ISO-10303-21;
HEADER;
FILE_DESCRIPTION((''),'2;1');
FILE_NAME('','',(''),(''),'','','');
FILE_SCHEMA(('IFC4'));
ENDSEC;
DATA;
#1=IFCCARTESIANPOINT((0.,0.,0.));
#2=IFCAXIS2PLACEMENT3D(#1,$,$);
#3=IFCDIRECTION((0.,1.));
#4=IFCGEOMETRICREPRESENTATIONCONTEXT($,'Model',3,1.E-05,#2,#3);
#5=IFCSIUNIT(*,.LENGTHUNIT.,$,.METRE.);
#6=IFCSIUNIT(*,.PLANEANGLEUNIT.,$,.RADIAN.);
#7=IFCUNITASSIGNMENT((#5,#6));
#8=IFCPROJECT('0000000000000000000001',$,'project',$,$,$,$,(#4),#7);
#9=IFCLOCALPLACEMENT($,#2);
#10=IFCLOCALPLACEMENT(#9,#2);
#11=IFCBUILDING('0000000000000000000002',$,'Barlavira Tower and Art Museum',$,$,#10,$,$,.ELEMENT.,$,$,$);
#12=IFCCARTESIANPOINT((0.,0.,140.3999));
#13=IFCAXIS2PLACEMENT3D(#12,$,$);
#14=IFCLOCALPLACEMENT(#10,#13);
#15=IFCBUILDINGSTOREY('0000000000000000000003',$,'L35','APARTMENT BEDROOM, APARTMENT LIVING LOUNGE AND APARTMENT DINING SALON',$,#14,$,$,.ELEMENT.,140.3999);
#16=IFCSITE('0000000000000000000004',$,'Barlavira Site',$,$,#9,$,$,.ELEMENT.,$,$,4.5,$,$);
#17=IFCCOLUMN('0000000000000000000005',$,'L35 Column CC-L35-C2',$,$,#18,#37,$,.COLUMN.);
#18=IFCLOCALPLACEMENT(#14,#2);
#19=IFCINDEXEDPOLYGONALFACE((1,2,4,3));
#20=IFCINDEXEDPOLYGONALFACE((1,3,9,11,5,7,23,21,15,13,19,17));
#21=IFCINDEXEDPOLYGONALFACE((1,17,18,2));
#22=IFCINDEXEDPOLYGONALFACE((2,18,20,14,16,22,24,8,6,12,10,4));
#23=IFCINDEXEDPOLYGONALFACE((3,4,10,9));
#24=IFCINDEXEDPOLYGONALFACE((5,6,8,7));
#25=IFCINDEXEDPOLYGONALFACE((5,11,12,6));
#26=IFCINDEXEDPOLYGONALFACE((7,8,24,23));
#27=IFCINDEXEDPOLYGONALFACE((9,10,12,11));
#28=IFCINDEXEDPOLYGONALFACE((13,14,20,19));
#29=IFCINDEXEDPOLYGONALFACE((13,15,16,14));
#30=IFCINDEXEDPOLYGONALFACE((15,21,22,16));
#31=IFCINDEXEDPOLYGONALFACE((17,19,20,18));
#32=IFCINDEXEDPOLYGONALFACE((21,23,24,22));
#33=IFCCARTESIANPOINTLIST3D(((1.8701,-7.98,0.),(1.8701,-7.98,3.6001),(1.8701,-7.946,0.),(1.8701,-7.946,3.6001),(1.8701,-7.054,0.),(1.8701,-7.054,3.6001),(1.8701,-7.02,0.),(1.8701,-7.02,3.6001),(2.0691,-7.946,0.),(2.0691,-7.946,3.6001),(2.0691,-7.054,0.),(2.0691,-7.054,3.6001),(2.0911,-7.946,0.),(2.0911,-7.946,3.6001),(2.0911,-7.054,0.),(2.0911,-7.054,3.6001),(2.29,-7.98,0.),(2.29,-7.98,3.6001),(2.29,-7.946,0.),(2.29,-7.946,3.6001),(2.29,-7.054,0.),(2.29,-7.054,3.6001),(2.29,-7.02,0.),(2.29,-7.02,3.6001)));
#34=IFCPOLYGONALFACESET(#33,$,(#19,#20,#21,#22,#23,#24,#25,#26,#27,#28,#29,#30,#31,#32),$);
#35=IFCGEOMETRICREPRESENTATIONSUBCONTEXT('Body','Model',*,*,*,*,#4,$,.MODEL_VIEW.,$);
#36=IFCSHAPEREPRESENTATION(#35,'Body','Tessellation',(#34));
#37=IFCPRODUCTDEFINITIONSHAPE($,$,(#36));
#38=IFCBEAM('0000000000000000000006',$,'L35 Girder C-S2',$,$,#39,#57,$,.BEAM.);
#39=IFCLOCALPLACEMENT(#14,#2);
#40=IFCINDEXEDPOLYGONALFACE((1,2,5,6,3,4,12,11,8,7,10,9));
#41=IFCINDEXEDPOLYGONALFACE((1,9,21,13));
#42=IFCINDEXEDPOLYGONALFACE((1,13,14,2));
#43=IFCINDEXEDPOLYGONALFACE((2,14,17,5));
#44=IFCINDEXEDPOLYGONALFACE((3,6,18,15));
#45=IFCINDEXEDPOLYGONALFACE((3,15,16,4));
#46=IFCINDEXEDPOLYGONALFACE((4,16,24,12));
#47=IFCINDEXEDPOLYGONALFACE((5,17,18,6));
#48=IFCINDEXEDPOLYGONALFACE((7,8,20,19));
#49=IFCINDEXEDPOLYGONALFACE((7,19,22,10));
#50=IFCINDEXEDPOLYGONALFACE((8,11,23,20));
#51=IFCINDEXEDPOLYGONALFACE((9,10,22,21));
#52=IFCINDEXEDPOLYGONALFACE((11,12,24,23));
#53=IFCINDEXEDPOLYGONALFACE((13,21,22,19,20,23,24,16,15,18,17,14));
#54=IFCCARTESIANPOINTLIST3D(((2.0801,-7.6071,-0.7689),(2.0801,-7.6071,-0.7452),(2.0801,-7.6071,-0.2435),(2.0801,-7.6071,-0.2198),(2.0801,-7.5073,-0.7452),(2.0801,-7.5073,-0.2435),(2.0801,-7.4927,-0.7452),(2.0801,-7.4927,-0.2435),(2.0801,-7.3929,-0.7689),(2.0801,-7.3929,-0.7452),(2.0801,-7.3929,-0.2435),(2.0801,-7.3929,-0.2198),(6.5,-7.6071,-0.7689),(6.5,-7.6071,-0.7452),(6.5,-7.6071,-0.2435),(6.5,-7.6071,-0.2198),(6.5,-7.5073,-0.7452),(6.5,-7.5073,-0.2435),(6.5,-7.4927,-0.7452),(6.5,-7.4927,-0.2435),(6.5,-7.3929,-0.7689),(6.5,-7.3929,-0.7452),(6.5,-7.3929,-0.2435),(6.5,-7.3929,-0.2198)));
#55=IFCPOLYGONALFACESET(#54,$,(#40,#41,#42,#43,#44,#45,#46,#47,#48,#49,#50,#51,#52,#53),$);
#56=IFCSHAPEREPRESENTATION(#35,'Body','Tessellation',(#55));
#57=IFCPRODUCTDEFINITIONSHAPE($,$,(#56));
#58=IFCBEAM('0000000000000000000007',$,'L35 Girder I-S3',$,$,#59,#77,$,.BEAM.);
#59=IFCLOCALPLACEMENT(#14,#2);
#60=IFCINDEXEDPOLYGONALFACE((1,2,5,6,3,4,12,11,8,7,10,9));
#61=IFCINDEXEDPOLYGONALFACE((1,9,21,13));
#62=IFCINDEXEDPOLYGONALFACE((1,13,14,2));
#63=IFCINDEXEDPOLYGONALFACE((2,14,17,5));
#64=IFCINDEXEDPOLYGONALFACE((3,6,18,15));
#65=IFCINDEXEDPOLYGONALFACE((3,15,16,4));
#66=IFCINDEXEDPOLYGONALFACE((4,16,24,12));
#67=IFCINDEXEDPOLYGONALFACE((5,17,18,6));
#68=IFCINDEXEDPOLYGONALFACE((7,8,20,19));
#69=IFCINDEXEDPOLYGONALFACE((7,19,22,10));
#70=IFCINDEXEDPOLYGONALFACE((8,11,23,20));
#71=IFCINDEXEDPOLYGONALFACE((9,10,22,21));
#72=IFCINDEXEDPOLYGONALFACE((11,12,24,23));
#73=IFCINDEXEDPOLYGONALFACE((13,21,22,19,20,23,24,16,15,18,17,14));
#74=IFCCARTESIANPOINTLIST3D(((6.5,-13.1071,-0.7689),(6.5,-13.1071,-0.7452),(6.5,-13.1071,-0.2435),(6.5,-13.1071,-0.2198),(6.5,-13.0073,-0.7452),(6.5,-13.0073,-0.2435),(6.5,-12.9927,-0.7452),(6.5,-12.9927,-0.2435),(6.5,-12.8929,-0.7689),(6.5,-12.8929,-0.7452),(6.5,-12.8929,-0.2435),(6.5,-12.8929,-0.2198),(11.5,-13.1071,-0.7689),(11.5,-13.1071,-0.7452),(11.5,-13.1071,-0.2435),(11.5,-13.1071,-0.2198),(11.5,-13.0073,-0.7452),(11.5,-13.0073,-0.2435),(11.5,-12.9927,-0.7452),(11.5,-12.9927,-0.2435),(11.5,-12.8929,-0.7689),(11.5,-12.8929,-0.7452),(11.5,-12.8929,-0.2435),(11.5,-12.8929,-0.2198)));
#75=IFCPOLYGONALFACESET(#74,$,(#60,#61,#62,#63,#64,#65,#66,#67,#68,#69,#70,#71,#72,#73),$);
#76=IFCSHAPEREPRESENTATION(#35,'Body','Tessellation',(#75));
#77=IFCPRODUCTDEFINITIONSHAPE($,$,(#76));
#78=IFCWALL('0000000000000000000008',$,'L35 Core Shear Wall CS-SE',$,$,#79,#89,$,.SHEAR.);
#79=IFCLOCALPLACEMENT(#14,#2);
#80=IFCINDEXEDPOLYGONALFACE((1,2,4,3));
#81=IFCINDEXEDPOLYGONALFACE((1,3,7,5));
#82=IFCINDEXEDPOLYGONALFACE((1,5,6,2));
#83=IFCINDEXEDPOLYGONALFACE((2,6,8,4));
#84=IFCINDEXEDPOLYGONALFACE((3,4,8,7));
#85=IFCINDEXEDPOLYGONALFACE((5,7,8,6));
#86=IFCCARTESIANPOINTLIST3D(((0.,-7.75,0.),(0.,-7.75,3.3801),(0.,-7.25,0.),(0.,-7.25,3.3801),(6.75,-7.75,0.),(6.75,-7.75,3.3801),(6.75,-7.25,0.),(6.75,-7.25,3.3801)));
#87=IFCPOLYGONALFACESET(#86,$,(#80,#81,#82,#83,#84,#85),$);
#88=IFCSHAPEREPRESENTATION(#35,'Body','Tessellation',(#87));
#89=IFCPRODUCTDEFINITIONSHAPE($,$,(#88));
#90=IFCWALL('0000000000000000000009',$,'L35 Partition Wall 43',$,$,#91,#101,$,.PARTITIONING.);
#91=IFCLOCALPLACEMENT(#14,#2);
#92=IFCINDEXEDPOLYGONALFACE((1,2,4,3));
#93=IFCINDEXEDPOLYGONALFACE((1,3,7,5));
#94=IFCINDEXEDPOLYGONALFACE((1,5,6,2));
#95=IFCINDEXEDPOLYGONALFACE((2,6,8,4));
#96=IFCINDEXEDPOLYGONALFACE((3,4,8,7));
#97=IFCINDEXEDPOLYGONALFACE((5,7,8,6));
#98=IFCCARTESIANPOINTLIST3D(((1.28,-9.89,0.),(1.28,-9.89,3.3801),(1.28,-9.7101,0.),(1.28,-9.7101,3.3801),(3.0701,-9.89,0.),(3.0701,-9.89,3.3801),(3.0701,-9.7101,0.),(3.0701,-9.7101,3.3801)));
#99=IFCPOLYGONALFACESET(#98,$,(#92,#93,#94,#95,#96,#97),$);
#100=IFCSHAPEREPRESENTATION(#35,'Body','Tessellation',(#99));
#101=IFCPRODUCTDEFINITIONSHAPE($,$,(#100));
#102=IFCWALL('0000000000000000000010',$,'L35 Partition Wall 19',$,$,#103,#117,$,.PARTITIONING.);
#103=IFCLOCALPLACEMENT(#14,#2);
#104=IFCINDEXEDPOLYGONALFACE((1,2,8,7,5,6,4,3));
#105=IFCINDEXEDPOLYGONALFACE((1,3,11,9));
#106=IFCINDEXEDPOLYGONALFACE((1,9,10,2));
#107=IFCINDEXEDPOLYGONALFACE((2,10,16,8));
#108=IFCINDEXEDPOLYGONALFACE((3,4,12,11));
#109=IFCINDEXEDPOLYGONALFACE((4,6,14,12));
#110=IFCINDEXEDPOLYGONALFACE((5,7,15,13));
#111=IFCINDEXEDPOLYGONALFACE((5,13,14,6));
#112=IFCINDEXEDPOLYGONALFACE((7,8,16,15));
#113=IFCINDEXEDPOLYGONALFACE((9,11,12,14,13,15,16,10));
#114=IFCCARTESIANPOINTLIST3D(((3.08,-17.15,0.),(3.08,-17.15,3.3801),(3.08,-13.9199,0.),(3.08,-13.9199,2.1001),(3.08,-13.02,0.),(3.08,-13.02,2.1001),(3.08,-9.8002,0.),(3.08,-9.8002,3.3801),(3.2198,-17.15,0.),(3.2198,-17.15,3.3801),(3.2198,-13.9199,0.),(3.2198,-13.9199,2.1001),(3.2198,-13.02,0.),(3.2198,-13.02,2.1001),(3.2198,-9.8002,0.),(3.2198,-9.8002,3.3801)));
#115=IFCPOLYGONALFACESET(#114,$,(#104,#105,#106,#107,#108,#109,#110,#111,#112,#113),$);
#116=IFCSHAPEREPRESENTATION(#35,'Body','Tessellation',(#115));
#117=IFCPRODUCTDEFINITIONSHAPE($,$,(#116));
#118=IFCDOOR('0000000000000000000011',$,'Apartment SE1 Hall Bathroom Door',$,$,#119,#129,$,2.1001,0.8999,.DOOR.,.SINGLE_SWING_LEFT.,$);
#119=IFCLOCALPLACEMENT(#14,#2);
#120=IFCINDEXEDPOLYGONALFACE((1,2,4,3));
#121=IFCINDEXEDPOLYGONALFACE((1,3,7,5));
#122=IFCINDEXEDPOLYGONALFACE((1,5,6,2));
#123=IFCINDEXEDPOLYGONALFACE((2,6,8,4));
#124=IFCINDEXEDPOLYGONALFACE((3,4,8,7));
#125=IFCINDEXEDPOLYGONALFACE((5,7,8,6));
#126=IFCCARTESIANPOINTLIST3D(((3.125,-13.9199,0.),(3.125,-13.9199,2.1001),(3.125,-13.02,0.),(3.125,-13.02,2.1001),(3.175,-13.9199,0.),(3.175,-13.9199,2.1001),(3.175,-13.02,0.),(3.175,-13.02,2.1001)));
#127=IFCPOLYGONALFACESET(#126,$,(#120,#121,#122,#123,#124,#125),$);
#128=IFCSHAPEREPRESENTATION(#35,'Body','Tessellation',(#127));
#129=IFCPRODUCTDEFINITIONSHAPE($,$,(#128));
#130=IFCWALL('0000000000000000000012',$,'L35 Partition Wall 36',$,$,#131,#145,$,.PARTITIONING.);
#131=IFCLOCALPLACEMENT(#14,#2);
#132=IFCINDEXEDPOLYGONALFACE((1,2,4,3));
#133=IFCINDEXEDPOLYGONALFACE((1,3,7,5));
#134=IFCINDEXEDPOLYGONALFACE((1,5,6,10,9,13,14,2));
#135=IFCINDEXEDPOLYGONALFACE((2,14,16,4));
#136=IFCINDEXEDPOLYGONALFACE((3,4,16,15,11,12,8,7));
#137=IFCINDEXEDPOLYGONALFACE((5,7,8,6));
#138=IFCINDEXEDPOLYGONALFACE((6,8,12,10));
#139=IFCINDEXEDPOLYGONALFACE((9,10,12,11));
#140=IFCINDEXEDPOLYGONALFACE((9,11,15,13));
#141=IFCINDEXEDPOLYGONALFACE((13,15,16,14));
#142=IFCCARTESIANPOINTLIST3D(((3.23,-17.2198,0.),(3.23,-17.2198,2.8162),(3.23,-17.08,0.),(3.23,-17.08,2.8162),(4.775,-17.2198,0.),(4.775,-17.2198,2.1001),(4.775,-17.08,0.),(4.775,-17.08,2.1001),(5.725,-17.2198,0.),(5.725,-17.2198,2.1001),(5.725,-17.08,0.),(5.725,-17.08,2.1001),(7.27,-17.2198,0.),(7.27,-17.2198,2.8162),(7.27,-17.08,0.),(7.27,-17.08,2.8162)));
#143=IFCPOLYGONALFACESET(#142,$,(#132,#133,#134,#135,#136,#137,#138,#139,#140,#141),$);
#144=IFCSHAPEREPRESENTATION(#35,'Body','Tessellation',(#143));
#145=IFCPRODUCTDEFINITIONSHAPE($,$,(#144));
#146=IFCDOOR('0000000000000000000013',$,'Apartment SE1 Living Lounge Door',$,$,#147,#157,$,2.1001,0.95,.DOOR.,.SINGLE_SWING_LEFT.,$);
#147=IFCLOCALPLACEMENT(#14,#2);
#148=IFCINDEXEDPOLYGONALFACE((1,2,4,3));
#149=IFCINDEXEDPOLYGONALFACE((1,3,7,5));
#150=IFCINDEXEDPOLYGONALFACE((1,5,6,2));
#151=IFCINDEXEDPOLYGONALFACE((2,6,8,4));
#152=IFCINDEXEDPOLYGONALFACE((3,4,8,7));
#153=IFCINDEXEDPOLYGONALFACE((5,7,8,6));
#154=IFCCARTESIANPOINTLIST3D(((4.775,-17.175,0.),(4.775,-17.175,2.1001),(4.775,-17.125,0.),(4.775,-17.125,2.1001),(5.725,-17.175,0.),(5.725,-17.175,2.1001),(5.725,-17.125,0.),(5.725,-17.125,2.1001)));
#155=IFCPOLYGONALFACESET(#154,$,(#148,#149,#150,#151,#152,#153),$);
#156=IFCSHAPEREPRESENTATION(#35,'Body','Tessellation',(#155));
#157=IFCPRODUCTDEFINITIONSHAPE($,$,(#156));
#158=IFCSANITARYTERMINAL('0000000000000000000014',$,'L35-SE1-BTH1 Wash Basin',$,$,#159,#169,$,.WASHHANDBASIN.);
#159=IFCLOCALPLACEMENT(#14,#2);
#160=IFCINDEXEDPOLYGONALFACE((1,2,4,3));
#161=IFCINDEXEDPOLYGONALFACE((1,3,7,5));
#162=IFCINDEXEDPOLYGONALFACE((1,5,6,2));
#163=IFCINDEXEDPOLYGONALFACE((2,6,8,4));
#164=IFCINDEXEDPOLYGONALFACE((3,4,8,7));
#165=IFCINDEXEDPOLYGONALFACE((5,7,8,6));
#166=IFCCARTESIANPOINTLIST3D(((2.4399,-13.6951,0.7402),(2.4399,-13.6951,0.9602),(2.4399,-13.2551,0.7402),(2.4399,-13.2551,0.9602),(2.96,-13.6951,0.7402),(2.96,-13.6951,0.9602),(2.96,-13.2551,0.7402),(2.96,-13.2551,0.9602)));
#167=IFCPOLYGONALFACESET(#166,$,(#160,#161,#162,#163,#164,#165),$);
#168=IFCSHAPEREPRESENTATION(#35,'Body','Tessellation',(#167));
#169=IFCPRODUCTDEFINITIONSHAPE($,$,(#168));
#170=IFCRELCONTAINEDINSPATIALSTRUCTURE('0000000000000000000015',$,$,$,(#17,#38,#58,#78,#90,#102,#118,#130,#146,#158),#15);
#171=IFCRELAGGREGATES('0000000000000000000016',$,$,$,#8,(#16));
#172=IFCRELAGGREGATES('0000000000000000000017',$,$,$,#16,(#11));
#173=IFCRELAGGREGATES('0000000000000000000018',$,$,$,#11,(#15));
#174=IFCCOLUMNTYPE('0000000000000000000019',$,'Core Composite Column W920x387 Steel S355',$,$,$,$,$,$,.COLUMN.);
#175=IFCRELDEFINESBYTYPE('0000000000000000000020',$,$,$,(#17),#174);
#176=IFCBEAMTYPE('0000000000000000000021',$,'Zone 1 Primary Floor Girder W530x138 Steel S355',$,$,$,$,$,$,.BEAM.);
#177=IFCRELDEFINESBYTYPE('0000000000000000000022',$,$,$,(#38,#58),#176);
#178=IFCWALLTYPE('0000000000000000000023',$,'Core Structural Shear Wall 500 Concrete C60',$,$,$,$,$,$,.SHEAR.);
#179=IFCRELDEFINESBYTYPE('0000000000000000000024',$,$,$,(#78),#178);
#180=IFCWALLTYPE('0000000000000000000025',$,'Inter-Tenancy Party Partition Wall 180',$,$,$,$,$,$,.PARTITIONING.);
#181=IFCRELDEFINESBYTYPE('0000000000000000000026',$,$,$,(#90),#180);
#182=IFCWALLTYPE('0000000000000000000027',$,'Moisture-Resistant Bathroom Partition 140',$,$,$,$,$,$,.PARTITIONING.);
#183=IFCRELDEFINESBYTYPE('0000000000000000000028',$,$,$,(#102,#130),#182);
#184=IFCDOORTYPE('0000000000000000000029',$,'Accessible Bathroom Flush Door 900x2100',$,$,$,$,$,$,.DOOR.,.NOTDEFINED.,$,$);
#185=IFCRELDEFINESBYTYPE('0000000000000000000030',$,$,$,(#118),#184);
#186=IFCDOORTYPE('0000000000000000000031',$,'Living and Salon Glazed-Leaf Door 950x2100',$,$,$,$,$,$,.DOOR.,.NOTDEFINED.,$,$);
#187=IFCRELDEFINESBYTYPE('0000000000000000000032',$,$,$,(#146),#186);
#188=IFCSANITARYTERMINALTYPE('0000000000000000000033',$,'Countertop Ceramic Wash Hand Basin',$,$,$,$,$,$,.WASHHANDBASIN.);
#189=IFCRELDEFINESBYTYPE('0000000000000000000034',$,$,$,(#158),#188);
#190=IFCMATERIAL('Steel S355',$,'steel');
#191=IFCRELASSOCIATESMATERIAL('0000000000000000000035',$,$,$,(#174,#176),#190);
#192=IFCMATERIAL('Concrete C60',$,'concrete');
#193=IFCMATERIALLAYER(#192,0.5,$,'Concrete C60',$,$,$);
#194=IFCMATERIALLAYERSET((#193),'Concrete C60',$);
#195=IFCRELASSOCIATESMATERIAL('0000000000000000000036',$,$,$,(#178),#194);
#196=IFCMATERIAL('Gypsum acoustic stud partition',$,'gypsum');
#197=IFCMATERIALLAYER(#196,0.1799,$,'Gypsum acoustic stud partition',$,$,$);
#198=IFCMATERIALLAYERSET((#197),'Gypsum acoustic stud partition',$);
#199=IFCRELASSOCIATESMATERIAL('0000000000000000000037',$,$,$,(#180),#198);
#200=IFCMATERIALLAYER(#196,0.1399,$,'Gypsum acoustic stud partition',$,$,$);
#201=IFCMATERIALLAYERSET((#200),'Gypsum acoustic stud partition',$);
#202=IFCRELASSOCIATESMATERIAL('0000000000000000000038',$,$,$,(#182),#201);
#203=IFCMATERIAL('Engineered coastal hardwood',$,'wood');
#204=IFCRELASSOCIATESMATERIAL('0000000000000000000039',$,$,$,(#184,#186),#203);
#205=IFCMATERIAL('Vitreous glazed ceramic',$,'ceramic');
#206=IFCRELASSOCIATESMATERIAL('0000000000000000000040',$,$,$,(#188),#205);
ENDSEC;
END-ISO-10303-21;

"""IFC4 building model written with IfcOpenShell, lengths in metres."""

from ifc_helpers import new_model, si_unit, direction, frame, frame_2d, origin, origin_2d, place, context, subcontext, project, spatial, rectangle, i_section, extrude, material, layer, layer_set, material_profile, profile_set, type_object, element, fill, save


model = new_model("IFC4")

# Units and contexts
model_context = context("Model", 3, precision=1e-05, world=origin(), true_north=direction((0.0, 1.0)))
body_context = subcontext(model_context, "Body", "Model", "MODEL_VIEW")
ifc_project = project(units=[si_unit("LENGTHUNIT", "METRE"), si_unit("PLANEANGLEUNIT", "RADIAN")], contexts=[model_context])

# Site, building, storey
site_placement = place(None, origin())
site = spatial("IfcSite", under=ifc_project, at=site_placement, Name="Barlavira Site", CompositionType="ELEMENT", RefElevation=4.5)
building_placement = place(site_placement, origin())
building = spatial("IfcBuilding", under=site, at=building_placement, Name="Barlavira Tower and Art Museum", CompositionType="ELEMENT")
storey_placement = place(building_placement, frame((0.0, 0.0, 140.3999)))
storey = spatial("IfcBuildingStorey", under=building, at=storey_placement, Name="L35", Description="APARTMENT BEDROOM, APARTMENT LIVING LOUNGE AND APARTMENT DINING SALON", CompositionType="ELEMENT", Elevation=140.3999)

# Column
ifc_material_1 = material(Name="Steel S355", Category="steel")
ifc_material_profile_1 = material_profile(ifc_material_1, i_section(OverallWidth=0.4199, OverallDepth=0.96, WebThickness=0.022, FlangeThickness=0.0339, at=origin_2d()), Name="W920x387.0")
ifc_profile_set_1 = profile_set([ifc_material_profile_1], Name="Steel S355")
column_type = type_object("IfcColumnType", Name="Core Composite Column W920x387 Steel S355", PredefinedType="COLUMN", material=ifc_profile_set_1)
column_placement = place(storey_placement, frame((2.0801, -7.5, 0.0), z_axis=(0.0, 0.0, 1.0), x_axis=(1.0, 0.0, 0.0)))
element("IfcColumn", 1, at=column_placement, inside=storey, type_object=column_type, Name="L35 Column CC-L35-C2", PredefinedType="COLUMN", context=body_context, shape_type="SweptSolid", body=[
    extrude(i_section(OverallWidth=0.4199, OverallDepth=0.96, WebThickness=0.022, FlangeThickness=0.0339, at=origin_2d()), origin(), (0.0, 0.0, 1.0), 3.6001),
])

# Beams
ifc_material_profile_2 = material_profile(ifc_material_1, i_section(OverallWidth=0.2141, OverallDepth=0.5491, WebThickness=0.0146, FlangeThickness=0.0237, at=origin_2d()), Name="W530x138.0")
ifc_profile_set_2 = profile_set([ifc_material_profile_2], Name="Steel S355")
beam_type = type_object("IfcBeamType", Name="Zone 1 Primary Floor Girder W530x138 Steel S355", PredefinedType="BEAM", material=ifc_profile_set_2)
beam_1_placement = place(storey_placement, frame((2.0801, -7.5, -0.4944), z_axis=(1.0, 0.0, 0.0), x_axis=(0.0, 1.0, 0.0)))
element("IfcBeam", 2, at=beam_1_placement, inside=storey, type_object=beam_type, Name="L35 Girder C-S2", PredefinedType="BEAM", context=body_context, shape_type="SweptSolid", body=[
    extrude(i_section(OverallWidth=0.2141, OverallDepth=0.5491, WebThickness=0.0146, FlangeThickness=0.0237, at=origin_2d()), origin(), (0.0, 0.0, 1.0), 4.4199),
])
beam_2_placement = place(storey_placement, frame((6.5, -13.0, -0.4944), z_axis=(1.0, 0.0, 0.0), x_axis=(0.0, 1.0, 0.0)))
element("IfcBeam", 3, at=beam_2_placement, inside=storey, type_object=beam_type, Name="L35 Girder I-S3", PredefinedType="BEAM", context=body_context, shape_type="SweptSolid", body=[
    extrude(i_section(OverallWidth=0.2141, OverallDepth=0.5491, WebThickness=0.0146, FlangeThickness=0.0237, at=origin_2d()), origin(), (0.0, 0.0, 1.0), 5.0),
])

# Walls
ifc_material_2 = material(Name="Concrete C60", Category="concrete")
ifc_layer_1 = layer(ifc_material_2, 0.5, Name="Concrete C60")
ifc_layer_set_1 = layer_set([ifc_layer_1], Name="Concrete C60")
wall_type_1 = type_object("IfcWallType", Name="Core Structural Shear Wall 500 Concrete C60", PredefinedType="SHEAR", material=ifc_layer_set_1)
wall_1_placement = place(storey_placement, frame((0.0, -7.5, 0.0), z_axis=(0.0, 0.0, 1.0), x_axis=(1.0, 0.0, 0.0)))
element("IfcWall", 4, at=wall_1_placement, inside=storey, type_object=wall_type_1, Name="L35 Core Shear Wall CS-SE", PredefinedType="SHEAR", context=body_context, shape_type="SweptSolid", body=[
    extrude(rectangle(XDim=6.75, YDim=0.5, at=frame_2d((3.375, 0.0))), origin(), (0.0, 0.0, 1.0), 3.3801),
])
ifc_material_3 = material(Name="Gypsum acoustic stud partition", Category="gypsum")
ifc_layer_2 = layer(ifc_material_3, 0.1799, Name="Gypsum acoustic stud partition")
ifc_layer_set_2 = layer_set([ifc_layer_2], Name="Gypsum acoustic stud partition")
wall_type_2 = type_object("IfcWallType", Name="Inter-Tenancy Party Partition Wall 180", PredefinedType="PARTITIONING", material=ifc_layer_set_2)
wall_2_placement = place(storey_placement, frame((1.28, -9.8, 0.0), z_axis=(0.0, 0.0, 1.0), x_axis=(1.0, 0.0, 0.0)))
element("IfcWall", 5, at=wall_2_placement, inside=storey, type_object=wall_type_2, Name="L35 Partition Wall 43", PredefinedType="PARTITIONING", context=body_context, shape_type="SweptSolid", body=[
    extrude(rectangle(XDim=1.79, YDim=0.1799, at=frame_2d((0.895, 0.0))), origin(), (0.0, 0.0, 1.0), 3.3801),
])

# Walls, openings, doors
ifc_layer_3 = layer(ifc_material_3, 0.1399, Name="Gypsum acoustic stud partition")
ifc_layer_set_3 = layer_set([ifc_layer_3], Name="Gypsum acoustic stud partition")
wall_type_3 = type_object("IfcWallType", Name="Moisture-Resistant Bathroom Partition 140", PredefinedType="PARTITIONING", material=ifc_layer_set_3)
wall_3_placement = place(storey_placement, frame((3.1499, -17.1499, 0.0), z_axis=(0.0, 0.0, 1.0), x_axis=(0.0, 1.0, 0.0)))
wall_3 = element("IfcWall", 6, at=wall_3_placement, inside=storey, type_object=wall_type_3, Name="L35 Partition Wall 19", PredefinedType="PARTITIONING", context=body_context, shape_type="SweptSolid", body=[
    extrude(rectangle(XDim=7.3499, YDim=0.1399, at=frame_2d((3.6748, 0.0))), origin(), (0.0, 0.0, 1.0), 3.3801),
])
opening_1_placement = place(wall_3_placement, frame((3.23, 0.0, 0.0)))
opening_1 = element("IfcOpeningElement", 7, at=opening_1_placement, cuts=wall_3, PredefinedType="OPENING", context=body_context, shape_type="SweptSolid", body=[
    extrude(rectangle(XDim=0.8999, YDim=2.1001, at=frame_2d((0.45, 1.05))), frame((0.0, 0.0801, 0.0), z_axis=(0.0, -1.0, 0.0), x_axis=(1.0, 0.0, 0.0)), (0.0, 0.0, 1.0), 0.1599),
])
ifc_material_4 = material(Name="Engineered coastal hardwood", Category="wood")
door_type_1 = type_object("IfcDoorType", Name="Accessible Bathroom Flush Door 900x2100", OperationType="NOTDEFINED", PredefinedType="DOOR", material=ifc_material_4)
door_1_placement = place(opening_1_placement, origin())
door_1 = element("IfcDoor", 8, at=door_1_placement, inside=storey, type_object=door_type_1, Name="Apartment SE1 Hall Bathroom Door", OperationType="SINGLE_SWING_LEFT", OverallHeight=2.1001, OverallWidth=0.8999, PredefinedType="DOOR", context=body_context, shape_type="SweptSolid", body=[
    extrude(rectangle(XDim=0.8999, YDim=2.1001, at=frame_2d((0.45, 1.05))), frame((0.0, 0.0249, 0.0), z_axis=(0.0, -1.0, 0.0), x_axis=(1.0, 0.0, 0.0)), (0.0, 0.0, 1.0), 0.05),
])
fill(opening_1, door_1)
wall_4_placement = place(storey_placement, frame((3.23, -17.1499, 0.0), z_axis=(0.0, 0.0, 1.0), x_axis=(1.0, 0.0, 0.0)))
wall_4 = element("IfcWall", 9, at=wall_4_placement, inside=storey, type_object=wall_type_3, Name="L35 Partition Wall 36", PredefinedType="PARTITIONING", context=body_context, shape_type="SweptSolid", body=[
    extrude(rectangle(XDim=4.04, YDim=0.1399, at=frame_2d((2.02, 0.0))), origin(), (0.0, 0.0, 1.0), 2.8162),
])
opening_2_placement = place(wall_4_placement, frame((1.5449, 0.0, 0.0)))
opening_2 = element("IfcOpeningElement", 10, at=opening_2_placement, cuts=wall_4, PredefinedType="OPENING", context=body_context, shape_type="SweptSolid", body=[
    extrude(rectangle(XDim=0.95, YDim=2.1001, at=frame_2d((0.4751, 1.05))), frame((0.0, 0.0801, 0.0), z_axis=(0.0, -1.0, 0.0), x_axis=(1.0, 0.0, 0.0)), (0.0, 0.0, 1.0), 0.1599),
])
door_type_2 = type_object("IfcDoorType", Name="Living and Salon Glazed-Leaf Door 950x2100", OperationType="NOTDEFINED", PredefinedType="DOOR", material=ifc_material_4)
door_2_placement = place(opening_2_placement, origin())
door_2 = element("IfcDoor", 11, at=door_2_placement, inside=storey, type_object=door_type_2, Name="Apartment SE1 Living Lounge Door", OperationType="SINGLE_SWING_LEFT", OverallHeight=2.1001, OverallWidth=0.95, PredefinedType="DOOR", context=body_context, shape_type="SweptSolid", body=[
    extrude(rectangle(XDim=0.95, YDim=2.1001, at=frame_2d((0.4751, 1.05))), frame((0.0, 0.0249, 0.0), z_axis=(0.0, -1.0, 0.0), x_axis=(1.0, 0.0, 0.0)), (0.0, 0.0, 1.0), 0.05),
])
fill(opening_2, door_2)

# Sanitary terminal
ifc_material_5 = material(Name="Vitreous glazed ceramic", Category="ceramic")
sanitary_terminal_type_1 = type_object("IfcSanitaryTerminalType", Name="Countertop Ceramic Wash Hand Basin", PredefinedType="WASHHANDBASIN", material=ifc_material_5)
sanitary_terminal_1_placement = place(storey_placement, frame((2.7, -13.4751, 0.7402), z_axis=(0.0, 0.0, 1.0), x_axis=(1.0, 0.0, 0.0)))
element("IfcSanitaryTerminal", 12, at=sanitary_terminal_1_placement, inside=storey, type_object=sanitary_terminal_type_1, Name="L35-SE1-BTH1 Wash Basin", PredefinedType="WASHHANDBASIN", context=body_context, shape_type="SweptSolid", body=[
    extrude(rectangle(XDim=0.52, YDim=0.4399, at=origin_2d()), origin(), (0.0, 0.0, 1.0), 0.22),
])

save(model, "model.ifc")
